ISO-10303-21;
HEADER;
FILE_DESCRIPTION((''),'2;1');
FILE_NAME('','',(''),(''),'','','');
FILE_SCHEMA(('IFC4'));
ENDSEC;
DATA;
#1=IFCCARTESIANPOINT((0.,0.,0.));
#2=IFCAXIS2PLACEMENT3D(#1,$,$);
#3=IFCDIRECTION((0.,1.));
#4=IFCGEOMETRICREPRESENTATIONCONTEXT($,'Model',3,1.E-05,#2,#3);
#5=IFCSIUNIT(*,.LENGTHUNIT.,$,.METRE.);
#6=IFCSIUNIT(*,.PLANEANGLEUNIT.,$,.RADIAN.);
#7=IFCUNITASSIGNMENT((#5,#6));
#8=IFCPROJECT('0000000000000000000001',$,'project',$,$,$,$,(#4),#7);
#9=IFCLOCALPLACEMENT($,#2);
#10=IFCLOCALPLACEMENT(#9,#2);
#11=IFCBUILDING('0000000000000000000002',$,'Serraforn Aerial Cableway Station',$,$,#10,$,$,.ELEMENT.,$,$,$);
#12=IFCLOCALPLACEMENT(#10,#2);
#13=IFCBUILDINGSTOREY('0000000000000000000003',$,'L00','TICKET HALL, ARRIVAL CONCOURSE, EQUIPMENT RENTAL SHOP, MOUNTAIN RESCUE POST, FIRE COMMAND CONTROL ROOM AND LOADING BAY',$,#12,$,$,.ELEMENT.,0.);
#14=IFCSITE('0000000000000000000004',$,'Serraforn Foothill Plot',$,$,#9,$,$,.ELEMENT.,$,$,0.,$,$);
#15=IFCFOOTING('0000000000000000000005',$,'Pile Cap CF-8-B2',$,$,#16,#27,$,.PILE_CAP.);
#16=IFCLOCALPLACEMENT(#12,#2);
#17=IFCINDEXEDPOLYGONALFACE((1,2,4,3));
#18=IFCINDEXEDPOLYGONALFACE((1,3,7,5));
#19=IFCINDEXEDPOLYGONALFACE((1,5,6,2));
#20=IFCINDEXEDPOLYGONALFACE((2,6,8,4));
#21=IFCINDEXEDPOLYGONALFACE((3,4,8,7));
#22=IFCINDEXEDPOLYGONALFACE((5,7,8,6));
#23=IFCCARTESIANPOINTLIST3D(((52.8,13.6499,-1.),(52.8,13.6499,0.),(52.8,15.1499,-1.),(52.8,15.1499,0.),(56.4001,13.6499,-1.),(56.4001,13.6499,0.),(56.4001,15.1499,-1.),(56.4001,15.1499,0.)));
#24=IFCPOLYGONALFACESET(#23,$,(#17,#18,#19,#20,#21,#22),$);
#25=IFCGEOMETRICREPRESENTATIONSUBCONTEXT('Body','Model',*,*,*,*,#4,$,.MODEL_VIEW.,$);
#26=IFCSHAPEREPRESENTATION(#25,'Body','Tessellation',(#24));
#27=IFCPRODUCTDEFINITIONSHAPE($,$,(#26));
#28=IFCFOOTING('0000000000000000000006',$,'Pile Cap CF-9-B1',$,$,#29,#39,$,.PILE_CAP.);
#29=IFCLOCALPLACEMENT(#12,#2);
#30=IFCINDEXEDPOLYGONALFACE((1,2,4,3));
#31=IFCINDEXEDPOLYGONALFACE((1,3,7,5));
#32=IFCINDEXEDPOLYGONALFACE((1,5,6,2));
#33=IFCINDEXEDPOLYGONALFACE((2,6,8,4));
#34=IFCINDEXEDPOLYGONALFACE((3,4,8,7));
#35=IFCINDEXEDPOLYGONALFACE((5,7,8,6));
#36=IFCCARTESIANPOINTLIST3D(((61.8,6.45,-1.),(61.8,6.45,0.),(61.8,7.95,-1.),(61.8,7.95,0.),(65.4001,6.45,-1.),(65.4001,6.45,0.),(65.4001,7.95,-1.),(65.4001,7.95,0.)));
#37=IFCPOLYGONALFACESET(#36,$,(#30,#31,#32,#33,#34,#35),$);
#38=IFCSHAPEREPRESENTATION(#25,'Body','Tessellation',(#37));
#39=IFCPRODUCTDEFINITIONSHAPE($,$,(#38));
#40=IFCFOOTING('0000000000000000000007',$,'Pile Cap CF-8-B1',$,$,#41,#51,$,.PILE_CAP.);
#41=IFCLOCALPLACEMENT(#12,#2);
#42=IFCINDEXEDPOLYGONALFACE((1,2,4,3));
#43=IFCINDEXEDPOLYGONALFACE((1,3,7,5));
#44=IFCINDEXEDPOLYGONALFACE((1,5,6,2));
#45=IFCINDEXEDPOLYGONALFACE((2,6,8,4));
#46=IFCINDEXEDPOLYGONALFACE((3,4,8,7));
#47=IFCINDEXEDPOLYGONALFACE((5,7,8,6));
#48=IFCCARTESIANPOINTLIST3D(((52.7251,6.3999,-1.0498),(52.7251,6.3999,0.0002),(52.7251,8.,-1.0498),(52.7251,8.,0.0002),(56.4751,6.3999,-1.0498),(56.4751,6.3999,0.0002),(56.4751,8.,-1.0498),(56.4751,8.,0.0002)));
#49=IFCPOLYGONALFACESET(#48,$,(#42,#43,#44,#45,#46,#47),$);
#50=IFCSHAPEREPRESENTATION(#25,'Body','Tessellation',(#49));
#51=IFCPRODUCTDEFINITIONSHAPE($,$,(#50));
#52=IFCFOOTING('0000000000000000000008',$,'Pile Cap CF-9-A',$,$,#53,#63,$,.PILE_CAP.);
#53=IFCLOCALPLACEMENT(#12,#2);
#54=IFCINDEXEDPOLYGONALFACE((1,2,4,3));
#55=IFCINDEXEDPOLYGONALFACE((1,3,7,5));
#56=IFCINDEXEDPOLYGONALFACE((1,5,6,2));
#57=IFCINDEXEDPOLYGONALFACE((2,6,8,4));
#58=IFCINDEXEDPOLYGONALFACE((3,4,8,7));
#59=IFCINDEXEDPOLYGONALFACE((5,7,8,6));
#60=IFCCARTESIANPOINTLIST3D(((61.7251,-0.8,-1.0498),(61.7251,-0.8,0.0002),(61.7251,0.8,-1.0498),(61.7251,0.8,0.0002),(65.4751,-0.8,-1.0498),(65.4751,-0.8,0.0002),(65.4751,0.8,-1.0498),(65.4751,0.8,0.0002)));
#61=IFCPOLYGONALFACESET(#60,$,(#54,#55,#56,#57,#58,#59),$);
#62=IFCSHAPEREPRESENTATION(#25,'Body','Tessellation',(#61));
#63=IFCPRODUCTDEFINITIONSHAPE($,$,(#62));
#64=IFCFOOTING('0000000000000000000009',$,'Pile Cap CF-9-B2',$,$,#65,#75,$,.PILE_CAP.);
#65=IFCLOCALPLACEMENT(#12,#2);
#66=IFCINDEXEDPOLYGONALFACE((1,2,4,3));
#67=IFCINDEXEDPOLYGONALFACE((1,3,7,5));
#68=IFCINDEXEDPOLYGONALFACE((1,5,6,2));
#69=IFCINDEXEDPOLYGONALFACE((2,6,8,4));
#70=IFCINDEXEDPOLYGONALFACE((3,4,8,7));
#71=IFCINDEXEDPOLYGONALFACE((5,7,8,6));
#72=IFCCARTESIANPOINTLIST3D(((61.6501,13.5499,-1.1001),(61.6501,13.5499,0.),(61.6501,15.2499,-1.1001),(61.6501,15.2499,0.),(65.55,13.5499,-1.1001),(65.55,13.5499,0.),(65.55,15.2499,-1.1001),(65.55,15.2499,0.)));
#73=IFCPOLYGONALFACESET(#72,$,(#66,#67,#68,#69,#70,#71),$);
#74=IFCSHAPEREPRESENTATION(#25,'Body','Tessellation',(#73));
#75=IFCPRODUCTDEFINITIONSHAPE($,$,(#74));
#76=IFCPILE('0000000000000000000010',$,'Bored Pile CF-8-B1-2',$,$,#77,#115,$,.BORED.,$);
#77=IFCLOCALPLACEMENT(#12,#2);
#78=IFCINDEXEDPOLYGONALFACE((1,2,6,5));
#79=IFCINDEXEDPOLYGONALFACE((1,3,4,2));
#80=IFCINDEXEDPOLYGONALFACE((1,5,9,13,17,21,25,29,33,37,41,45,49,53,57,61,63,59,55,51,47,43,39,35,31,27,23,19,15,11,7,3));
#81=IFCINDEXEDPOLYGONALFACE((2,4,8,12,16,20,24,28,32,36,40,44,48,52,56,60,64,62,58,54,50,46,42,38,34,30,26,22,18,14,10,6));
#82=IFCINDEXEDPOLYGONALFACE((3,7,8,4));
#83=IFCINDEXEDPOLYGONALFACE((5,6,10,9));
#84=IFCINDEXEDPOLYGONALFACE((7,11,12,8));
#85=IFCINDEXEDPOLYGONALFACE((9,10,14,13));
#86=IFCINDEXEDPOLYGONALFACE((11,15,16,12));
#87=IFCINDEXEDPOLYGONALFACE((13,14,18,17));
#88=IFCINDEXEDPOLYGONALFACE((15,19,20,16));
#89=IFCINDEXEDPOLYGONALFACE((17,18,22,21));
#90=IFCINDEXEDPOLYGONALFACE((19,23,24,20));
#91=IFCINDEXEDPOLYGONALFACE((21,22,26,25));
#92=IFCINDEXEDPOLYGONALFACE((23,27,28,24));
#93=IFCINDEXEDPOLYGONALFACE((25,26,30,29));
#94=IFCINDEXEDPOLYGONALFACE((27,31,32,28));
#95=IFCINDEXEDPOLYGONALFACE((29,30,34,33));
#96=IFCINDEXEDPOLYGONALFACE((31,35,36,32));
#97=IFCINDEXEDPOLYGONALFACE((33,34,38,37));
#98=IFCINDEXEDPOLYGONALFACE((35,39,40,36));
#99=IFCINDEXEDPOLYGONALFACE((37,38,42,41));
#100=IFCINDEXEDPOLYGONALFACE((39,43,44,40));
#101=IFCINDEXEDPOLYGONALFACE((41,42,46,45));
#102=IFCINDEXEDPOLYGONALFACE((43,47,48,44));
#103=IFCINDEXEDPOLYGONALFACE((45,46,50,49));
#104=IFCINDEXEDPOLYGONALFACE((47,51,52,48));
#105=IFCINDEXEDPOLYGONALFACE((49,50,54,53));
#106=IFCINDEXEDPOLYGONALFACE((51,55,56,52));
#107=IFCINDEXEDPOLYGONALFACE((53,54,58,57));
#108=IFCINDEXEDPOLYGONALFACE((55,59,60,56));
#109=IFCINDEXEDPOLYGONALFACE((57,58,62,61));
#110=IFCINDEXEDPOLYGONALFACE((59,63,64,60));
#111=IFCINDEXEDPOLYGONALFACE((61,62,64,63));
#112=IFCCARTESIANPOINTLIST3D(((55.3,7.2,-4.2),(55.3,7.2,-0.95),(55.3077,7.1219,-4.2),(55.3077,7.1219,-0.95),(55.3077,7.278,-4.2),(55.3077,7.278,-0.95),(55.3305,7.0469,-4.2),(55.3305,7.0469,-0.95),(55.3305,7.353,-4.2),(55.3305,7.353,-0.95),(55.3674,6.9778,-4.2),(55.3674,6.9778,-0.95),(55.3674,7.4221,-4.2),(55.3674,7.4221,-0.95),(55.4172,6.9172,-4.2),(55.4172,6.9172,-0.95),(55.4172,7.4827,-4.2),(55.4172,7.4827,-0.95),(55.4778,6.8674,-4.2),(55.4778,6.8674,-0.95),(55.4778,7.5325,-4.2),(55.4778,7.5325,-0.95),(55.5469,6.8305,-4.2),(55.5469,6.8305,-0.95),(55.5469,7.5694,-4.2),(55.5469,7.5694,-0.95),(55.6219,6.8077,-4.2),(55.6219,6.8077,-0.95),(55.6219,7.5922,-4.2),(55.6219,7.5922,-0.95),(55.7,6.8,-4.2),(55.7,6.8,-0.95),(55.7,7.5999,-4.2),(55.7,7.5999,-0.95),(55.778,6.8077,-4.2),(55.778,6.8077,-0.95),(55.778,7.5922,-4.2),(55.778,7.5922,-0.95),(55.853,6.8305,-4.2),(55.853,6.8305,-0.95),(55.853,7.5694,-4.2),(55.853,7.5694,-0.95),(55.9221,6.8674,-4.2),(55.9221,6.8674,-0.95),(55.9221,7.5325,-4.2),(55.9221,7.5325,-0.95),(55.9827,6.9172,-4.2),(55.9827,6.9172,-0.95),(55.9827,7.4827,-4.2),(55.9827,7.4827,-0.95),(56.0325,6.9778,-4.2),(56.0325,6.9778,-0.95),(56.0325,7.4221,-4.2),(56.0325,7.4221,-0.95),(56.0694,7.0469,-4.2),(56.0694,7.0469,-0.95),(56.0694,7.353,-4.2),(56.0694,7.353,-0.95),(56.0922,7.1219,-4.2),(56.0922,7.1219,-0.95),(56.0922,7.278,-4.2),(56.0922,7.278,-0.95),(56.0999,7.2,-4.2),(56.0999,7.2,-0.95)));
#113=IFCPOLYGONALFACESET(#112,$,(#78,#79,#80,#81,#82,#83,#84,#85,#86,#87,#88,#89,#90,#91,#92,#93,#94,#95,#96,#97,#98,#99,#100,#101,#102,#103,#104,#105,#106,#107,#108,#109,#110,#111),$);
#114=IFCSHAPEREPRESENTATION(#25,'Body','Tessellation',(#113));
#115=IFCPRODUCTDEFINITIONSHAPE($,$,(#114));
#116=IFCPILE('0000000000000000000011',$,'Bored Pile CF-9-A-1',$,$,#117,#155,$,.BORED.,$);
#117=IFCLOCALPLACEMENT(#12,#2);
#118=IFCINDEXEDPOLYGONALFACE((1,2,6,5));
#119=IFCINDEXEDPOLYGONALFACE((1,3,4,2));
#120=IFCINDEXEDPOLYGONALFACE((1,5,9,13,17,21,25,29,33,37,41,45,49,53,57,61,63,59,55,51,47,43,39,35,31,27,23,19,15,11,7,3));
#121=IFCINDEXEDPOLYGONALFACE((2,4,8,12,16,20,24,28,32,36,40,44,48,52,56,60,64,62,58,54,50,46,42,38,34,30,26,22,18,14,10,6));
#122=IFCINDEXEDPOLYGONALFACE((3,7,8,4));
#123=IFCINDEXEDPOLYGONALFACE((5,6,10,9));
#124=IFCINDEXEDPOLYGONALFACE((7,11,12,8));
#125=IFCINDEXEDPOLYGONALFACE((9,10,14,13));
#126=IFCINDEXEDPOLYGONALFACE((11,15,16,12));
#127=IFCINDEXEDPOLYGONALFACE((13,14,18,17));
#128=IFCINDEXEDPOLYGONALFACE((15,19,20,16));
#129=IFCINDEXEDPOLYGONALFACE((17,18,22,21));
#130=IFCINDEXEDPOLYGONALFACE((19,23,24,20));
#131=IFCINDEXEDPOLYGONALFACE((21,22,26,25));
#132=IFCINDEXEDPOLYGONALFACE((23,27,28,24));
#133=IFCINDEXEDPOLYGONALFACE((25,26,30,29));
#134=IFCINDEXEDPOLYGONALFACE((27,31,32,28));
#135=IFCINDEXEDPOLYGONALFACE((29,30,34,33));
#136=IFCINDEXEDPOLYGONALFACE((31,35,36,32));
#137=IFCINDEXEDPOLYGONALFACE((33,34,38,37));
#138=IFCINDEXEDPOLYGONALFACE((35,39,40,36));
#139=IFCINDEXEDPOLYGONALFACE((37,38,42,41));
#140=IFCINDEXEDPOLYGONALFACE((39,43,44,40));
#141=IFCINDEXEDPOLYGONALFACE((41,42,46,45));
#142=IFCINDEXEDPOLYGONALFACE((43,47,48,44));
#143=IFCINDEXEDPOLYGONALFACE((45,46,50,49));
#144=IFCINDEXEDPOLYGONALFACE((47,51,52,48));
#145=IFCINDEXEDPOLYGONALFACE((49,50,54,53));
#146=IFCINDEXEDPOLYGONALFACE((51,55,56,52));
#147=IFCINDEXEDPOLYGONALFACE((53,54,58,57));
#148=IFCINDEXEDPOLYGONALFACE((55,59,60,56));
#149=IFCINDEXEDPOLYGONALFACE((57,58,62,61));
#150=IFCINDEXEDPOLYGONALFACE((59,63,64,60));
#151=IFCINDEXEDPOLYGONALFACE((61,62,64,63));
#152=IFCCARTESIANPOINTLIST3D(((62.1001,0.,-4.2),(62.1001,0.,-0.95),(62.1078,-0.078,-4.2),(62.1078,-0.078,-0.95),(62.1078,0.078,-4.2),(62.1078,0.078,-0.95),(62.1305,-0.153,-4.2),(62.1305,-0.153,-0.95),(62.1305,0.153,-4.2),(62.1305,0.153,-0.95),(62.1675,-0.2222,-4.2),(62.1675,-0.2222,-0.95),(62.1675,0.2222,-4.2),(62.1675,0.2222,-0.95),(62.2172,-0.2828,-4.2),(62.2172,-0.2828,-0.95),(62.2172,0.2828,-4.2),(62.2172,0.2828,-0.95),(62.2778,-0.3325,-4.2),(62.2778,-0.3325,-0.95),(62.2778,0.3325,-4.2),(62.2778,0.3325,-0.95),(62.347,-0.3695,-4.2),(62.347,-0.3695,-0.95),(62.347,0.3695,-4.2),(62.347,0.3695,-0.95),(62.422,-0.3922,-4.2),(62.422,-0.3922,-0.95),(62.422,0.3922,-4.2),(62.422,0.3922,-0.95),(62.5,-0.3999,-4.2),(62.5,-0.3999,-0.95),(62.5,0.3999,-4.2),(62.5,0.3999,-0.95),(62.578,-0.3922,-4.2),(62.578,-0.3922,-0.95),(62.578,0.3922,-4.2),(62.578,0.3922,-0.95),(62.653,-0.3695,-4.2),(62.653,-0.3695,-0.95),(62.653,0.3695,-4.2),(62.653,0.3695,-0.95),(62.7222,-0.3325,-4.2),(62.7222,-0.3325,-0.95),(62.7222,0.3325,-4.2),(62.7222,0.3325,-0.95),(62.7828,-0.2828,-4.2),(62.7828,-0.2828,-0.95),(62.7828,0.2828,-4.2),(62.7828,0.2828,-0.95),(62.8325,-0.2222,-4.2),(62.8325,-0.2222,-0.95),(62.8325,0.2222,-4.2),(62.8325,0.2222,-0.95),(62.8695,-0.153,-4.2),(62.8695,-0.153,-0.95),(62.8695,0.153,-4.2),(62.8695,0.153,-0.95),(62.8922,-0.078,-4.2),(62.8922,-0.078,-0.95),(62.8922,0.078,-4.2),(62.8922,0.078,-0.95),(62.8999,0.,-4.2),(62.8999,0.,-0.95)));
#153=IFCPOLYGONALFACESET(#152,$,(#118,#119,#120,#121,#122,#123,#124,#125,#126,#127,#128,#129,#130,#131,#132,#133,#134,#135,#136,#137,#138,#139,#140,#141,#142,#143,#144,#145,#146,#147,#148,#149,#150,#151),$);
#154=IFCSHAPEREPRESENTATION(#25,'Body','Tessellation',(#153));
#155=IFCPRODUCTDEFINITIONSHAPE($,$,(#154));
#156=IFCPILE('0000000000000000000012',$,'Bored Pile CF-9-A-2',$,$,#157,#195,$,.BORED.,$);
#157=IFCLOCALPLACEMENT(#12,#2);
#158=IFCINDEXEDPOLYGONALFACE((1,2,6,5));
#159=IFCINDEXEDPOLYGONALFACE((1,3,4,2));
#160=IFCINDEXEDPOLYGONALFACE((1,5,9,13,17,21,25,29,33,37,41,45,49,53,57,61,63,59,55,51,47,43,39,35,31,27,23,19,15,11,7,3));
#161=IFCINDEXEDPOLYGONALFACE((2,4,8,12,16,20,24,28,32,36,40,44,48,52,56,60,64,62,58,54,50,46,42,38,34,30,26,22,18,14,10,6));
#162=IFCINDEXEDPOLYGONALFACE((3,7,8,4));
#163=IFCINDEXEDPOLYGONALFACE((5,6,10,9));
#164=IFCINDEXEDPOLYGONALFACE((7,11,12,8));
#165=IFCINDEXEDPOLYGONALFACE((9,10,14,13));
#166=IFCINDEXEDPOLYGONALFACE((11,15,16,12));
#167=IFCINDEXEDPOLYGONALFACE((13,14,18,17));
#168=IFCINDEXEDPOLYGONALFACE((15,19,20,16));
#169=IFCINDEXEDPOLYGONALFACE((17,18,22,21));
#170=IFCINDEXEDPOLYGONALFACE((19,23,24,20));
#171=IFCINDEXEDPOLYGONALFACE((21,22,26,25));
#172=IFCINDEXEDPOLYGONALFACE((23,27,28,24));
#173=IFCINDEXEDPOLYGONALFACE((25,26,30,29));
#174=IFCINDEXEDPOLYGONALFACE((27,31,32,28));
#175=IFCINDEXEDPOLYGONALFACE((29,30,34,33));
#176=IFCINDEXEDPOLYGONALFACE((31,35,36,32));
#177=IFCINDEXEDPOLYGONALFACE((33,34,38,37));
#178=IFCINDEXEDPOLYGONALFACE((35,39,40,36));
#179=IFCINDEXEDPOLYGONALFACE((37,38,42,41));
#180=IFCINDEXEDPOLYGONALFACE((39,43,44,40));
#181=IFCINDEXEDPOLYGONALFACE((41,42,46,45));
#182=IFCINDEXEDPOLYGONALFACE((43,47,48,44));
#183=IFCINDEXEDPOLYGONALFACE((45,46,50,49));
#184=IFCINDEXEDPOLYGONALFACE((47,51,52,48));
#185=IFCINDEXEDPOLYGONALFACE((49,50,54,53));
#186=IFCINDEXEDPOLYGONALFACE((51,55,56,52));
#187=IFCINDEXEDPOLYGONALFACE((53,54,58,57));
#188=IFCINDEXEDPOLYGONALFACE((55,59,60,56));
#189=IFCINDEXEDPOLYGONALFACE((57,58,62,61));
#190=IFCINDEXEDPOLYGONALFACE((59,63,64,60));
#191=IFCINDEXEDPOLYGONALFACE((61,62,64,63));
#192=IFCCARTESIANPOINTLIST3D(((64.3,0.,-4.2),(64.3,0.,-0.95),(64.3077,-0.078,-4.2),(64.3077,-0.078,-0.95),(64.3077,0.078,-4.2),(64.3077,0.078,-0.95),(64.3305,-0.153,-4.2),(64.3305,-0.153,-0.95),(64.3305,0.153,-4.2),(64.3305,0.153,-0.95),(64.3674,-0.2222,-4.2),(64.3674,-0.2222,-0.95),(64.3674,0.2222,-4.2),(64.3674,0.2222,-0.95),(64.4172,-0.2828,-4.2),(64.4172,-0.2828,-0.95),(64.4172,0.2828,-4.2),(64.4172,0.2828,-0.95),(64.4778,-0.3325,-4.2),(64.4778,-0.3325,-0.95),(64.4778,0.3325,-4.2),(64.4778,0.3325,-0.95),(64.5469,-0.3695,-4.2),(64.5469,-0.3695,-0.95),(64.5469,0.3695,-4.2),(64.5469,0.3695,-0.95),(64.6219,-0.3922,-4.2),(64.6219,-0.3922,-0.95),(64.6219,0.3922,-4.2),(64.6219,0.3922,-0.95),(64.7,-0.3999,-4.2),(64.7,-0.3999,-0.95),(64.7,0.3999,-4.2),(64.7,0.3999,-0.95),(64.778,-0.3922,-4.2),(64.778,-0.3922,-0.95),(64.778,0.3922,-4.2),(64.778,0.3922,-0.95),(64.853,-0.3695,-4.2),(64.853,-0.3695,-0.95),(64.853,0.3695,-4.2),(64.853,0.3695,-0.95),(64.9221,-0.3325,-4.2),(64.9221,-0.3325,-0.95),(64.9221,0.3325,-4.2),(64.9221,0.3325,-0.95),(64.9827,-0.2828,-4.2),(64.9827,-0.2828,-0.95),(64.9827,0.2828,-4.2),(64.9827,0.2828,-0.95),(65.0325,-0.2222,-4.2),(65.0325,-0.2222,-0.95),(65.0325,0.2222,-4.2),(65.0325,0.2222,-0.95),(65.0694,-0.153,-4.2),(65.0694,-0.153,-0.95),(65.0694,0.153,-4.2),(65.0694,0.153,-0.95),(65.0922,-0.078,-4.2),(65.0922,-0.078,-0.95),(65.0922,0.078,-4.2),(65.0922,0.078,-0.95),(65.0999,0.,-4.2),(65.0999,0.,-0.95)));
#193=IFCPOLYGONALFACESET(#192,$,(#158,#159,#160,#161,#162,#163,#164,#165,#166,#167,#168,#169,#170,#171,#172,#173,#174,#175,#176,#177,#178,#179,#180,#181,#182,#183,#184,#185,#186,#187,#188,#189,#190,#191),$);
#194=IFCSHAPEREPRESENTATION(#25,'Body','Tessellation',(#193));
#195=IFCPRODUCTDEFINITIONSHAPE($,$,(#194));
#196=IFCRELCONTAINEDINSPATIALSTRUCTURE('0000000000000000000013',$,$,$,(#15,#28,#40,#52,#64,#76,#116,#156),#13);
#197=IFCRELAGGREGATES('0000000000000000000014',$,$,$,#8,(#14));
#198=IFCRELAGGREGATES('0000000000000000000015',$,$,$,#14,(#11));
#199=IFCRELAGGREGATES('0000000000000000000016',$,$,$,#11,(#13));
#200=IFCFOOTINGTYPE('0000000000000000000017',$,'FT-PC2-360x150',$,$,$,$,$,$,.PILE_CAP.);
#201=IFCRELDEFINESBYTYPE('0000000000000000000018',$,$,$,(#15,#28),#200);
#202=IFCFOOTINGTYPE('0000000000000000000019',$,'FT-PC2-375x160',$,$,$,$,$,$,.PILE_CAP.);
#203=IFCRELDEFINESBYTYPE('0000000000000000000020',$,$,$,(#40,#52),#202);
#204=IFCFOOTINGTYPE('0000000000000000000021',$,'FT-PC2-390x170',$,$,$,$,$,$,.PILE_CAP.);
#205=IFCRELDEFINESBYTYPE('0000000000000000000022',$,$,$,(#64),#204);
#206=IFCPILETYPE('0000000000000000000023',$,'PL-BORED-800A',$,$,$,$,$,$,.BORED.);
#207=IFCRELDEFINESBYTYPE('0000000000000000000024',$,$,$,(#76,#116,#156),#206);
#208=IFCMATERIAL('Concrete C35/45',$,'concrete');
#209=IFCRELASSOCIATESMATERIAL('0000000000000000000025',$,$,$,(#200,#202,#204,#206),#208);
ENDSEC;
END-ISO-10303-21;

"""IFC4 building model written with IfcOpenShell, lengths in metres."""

from ifc_helpers import new_model, si_unit, direction, frame, origin, origin_2d, place, context, subcontext, project, spatial, rectangle, circle, extrude, material, material_profile, profile_set, type_object, element, save


model = new_model("IFC4")

# Units and contexts
model_context = context("Model", 3, precision=1e-05, world=origin(), true_north=direction((0.0, 1.0)))
body_context = subcontext(model_context, "Body", "Model", "MODEL_VIEW")
ifc_project = project(units=[si_unit("LENGTHUNIT", "METRE"), si_unit("PLANEANGLEUNIT", "RADIAN")], contexts=[model_context])

# Site, building, storey
site_placement = place(None, origin())
site = spatial("IfcSite", under=ifc_project, at=site_placement, Name="Serraforn Foothill Plot", CompositionType="ELEMENT", RefElevation=0.0)
building_placement = place(site_placement, origin())
building = spatial("IfcBuilding", under=site, at=building_placement, Name="Serraforn Aerial Cableway Station", CompositionType="ELEMENT")
storey_placement = place(building_placement, origin())
storey = spatial("IfcBuildingStorey", under=building, at=storey_placement, Name="L00", Description="TICKET HALL, ARRIVAL CONCOURSE, EQUIPMENT RENTAL SHOP, MOUNTAIN RESCUE POST, FIRE COMMAND CONTROL ROOM AND LOADING BAY", CompositionType="ELEMENT", Elevation=0.0)

# Footings
ifc_material_1 = material(Name="Concrete C35/45", Category="concrete")
footing_type_1 = type_object("IfcFootingType", Name="FT-PC2-360x150", PredefinedType="PILE_CAP", material=ifc_material_1)
for number, where, z_axis, x_axis, name in (
    (1, (54.6001, 14.3999, -1.0), (0.0, 0.0, 1.0), (1.0, 0.0, 0.0), "Pile Cap CF-8-B2"),
    (2, (63.6001, 7.2, -1.0), (0.0, 0.0, 1.0), (1.0, 0.0, 0.0), "Pile Cap CF-9-B1"),
):
    element("IfcFooting", number, at=place(storey_placement, frame(where, z_axis=z_axis, x_axis=x_axis)), inside=storey, type_object=footing_type_1, Name=name, PredefinedType="PILE_CAP", context=body_context, shape_type="SweptSolid", body=[
        extrude(rectangle(XDim=3.6001, YDim=1.5, at=origin_2d()), origin(), (0.0, 0.0, 1.0), 1.0),
    ])
footing_type_2 = type_object("IfcFootingType", Name="FT-PC2-375x160", PredefinedType="PILE_CAP", material=ifc_material_1)
for number, where, z_axis, x_axis, name in (
    (3, (54.6001, 7.2, -1.0498), (0.0, 0.0, 1.0), (1.0, 0.0, 0.0), "Pile Cap CF-8-B1"),
    (4, (63.6001, 0.0, -1.0498), (0.0, 0.0, 1.0), (1.0, 0.0, 0.0), "Pile Cap CF-9-A"),
):
    element("IfcFooting", number, at=place(storey_placement, frame(where, z_axis=z_axis, x_axis=x_axis)), inside=storey, type_object=footing_type_2, Name=name, PredefinedType="PILE_CAP", context=body_context, shape_type="SweptSolid", body=[
        extrude(rectangle(XDim=3.75, YDim=1.6001, at=origin_2d()), origin(), (0.0, 0.0, 1.0), 1.05),
    ])
footing_type_3 = type_object("IfcFootingType", Name="FT-PC2-390x170", PredefinedType="PILE_CAP", material=ifc_material_1)
footing_placement = place(storey_placement, frame((63.6001, 14.3999, -1.1001), z_axis=(0.0, 0.0, 1.0), x_axis=(1.0, 0.0, 0.0)))
element("IfcFooting", 5, at=footing_placement, inside=storey, type_object=footing_type_3, Name="Pile Cap CF-9-B2", PredefinedType="PILE_CAP", context=body_context, shape_type="SweptSolid", body=[
    extrude(rectangle(XDim=3.8999, YDim=1.7, at=origin_2d()), origin(), (0.0, 0.0, 1.0), 1.1001),
])

# Piles
ifc_material_profile_1 = material_profile(ifc_material_1, circle(Radius=0.3999, at=origin_2d()), Name="BORED PILE D800")
ifc_profile_set_1 = profile_set([ifc_material_profile_1], Name="Concrete C35/45")
pile_type_1 = type_object("IfcPileType", Name="PL-BORED-800A", PredefinedType="BORED", material=ifc_profile_set_1)
for number, where, z_axis, x_axis, name in (
    (6, (55.7, 7.2, -0.95), (0.0, 0.0, -1.0), (1.0, 0.0, 0.0), "Bored Pile CF-8-B1-2"),
    (7, (62.5, 0.0, -0.95), (0.0, 0.0, -1.0), (1.0, 0.0, 0.0), "Bored Pile CF-9-A-1"),
    (8, (64.7, 0.0, -0.95), (0.0, 0.0, -1.0), (1.0, 0.0, 0.0), "Bored Pile CF-9-A-2"),
):
    element("IfcPile", number, at=place(storey_placement, frame(where, z_axis=z_axis, x_axis=x_axis)), inside=storey, type_object=pile_type_1, Name=name, PredefinedType="BORED", context=body_context, shape_type="SweptSolid", body=[
        extrude(circle(Radius=0.3999, at=origin_2d()), origin(), (0.0, 0.0, 1.0), 3.25),
    ])

save(model, "model.ifc")
